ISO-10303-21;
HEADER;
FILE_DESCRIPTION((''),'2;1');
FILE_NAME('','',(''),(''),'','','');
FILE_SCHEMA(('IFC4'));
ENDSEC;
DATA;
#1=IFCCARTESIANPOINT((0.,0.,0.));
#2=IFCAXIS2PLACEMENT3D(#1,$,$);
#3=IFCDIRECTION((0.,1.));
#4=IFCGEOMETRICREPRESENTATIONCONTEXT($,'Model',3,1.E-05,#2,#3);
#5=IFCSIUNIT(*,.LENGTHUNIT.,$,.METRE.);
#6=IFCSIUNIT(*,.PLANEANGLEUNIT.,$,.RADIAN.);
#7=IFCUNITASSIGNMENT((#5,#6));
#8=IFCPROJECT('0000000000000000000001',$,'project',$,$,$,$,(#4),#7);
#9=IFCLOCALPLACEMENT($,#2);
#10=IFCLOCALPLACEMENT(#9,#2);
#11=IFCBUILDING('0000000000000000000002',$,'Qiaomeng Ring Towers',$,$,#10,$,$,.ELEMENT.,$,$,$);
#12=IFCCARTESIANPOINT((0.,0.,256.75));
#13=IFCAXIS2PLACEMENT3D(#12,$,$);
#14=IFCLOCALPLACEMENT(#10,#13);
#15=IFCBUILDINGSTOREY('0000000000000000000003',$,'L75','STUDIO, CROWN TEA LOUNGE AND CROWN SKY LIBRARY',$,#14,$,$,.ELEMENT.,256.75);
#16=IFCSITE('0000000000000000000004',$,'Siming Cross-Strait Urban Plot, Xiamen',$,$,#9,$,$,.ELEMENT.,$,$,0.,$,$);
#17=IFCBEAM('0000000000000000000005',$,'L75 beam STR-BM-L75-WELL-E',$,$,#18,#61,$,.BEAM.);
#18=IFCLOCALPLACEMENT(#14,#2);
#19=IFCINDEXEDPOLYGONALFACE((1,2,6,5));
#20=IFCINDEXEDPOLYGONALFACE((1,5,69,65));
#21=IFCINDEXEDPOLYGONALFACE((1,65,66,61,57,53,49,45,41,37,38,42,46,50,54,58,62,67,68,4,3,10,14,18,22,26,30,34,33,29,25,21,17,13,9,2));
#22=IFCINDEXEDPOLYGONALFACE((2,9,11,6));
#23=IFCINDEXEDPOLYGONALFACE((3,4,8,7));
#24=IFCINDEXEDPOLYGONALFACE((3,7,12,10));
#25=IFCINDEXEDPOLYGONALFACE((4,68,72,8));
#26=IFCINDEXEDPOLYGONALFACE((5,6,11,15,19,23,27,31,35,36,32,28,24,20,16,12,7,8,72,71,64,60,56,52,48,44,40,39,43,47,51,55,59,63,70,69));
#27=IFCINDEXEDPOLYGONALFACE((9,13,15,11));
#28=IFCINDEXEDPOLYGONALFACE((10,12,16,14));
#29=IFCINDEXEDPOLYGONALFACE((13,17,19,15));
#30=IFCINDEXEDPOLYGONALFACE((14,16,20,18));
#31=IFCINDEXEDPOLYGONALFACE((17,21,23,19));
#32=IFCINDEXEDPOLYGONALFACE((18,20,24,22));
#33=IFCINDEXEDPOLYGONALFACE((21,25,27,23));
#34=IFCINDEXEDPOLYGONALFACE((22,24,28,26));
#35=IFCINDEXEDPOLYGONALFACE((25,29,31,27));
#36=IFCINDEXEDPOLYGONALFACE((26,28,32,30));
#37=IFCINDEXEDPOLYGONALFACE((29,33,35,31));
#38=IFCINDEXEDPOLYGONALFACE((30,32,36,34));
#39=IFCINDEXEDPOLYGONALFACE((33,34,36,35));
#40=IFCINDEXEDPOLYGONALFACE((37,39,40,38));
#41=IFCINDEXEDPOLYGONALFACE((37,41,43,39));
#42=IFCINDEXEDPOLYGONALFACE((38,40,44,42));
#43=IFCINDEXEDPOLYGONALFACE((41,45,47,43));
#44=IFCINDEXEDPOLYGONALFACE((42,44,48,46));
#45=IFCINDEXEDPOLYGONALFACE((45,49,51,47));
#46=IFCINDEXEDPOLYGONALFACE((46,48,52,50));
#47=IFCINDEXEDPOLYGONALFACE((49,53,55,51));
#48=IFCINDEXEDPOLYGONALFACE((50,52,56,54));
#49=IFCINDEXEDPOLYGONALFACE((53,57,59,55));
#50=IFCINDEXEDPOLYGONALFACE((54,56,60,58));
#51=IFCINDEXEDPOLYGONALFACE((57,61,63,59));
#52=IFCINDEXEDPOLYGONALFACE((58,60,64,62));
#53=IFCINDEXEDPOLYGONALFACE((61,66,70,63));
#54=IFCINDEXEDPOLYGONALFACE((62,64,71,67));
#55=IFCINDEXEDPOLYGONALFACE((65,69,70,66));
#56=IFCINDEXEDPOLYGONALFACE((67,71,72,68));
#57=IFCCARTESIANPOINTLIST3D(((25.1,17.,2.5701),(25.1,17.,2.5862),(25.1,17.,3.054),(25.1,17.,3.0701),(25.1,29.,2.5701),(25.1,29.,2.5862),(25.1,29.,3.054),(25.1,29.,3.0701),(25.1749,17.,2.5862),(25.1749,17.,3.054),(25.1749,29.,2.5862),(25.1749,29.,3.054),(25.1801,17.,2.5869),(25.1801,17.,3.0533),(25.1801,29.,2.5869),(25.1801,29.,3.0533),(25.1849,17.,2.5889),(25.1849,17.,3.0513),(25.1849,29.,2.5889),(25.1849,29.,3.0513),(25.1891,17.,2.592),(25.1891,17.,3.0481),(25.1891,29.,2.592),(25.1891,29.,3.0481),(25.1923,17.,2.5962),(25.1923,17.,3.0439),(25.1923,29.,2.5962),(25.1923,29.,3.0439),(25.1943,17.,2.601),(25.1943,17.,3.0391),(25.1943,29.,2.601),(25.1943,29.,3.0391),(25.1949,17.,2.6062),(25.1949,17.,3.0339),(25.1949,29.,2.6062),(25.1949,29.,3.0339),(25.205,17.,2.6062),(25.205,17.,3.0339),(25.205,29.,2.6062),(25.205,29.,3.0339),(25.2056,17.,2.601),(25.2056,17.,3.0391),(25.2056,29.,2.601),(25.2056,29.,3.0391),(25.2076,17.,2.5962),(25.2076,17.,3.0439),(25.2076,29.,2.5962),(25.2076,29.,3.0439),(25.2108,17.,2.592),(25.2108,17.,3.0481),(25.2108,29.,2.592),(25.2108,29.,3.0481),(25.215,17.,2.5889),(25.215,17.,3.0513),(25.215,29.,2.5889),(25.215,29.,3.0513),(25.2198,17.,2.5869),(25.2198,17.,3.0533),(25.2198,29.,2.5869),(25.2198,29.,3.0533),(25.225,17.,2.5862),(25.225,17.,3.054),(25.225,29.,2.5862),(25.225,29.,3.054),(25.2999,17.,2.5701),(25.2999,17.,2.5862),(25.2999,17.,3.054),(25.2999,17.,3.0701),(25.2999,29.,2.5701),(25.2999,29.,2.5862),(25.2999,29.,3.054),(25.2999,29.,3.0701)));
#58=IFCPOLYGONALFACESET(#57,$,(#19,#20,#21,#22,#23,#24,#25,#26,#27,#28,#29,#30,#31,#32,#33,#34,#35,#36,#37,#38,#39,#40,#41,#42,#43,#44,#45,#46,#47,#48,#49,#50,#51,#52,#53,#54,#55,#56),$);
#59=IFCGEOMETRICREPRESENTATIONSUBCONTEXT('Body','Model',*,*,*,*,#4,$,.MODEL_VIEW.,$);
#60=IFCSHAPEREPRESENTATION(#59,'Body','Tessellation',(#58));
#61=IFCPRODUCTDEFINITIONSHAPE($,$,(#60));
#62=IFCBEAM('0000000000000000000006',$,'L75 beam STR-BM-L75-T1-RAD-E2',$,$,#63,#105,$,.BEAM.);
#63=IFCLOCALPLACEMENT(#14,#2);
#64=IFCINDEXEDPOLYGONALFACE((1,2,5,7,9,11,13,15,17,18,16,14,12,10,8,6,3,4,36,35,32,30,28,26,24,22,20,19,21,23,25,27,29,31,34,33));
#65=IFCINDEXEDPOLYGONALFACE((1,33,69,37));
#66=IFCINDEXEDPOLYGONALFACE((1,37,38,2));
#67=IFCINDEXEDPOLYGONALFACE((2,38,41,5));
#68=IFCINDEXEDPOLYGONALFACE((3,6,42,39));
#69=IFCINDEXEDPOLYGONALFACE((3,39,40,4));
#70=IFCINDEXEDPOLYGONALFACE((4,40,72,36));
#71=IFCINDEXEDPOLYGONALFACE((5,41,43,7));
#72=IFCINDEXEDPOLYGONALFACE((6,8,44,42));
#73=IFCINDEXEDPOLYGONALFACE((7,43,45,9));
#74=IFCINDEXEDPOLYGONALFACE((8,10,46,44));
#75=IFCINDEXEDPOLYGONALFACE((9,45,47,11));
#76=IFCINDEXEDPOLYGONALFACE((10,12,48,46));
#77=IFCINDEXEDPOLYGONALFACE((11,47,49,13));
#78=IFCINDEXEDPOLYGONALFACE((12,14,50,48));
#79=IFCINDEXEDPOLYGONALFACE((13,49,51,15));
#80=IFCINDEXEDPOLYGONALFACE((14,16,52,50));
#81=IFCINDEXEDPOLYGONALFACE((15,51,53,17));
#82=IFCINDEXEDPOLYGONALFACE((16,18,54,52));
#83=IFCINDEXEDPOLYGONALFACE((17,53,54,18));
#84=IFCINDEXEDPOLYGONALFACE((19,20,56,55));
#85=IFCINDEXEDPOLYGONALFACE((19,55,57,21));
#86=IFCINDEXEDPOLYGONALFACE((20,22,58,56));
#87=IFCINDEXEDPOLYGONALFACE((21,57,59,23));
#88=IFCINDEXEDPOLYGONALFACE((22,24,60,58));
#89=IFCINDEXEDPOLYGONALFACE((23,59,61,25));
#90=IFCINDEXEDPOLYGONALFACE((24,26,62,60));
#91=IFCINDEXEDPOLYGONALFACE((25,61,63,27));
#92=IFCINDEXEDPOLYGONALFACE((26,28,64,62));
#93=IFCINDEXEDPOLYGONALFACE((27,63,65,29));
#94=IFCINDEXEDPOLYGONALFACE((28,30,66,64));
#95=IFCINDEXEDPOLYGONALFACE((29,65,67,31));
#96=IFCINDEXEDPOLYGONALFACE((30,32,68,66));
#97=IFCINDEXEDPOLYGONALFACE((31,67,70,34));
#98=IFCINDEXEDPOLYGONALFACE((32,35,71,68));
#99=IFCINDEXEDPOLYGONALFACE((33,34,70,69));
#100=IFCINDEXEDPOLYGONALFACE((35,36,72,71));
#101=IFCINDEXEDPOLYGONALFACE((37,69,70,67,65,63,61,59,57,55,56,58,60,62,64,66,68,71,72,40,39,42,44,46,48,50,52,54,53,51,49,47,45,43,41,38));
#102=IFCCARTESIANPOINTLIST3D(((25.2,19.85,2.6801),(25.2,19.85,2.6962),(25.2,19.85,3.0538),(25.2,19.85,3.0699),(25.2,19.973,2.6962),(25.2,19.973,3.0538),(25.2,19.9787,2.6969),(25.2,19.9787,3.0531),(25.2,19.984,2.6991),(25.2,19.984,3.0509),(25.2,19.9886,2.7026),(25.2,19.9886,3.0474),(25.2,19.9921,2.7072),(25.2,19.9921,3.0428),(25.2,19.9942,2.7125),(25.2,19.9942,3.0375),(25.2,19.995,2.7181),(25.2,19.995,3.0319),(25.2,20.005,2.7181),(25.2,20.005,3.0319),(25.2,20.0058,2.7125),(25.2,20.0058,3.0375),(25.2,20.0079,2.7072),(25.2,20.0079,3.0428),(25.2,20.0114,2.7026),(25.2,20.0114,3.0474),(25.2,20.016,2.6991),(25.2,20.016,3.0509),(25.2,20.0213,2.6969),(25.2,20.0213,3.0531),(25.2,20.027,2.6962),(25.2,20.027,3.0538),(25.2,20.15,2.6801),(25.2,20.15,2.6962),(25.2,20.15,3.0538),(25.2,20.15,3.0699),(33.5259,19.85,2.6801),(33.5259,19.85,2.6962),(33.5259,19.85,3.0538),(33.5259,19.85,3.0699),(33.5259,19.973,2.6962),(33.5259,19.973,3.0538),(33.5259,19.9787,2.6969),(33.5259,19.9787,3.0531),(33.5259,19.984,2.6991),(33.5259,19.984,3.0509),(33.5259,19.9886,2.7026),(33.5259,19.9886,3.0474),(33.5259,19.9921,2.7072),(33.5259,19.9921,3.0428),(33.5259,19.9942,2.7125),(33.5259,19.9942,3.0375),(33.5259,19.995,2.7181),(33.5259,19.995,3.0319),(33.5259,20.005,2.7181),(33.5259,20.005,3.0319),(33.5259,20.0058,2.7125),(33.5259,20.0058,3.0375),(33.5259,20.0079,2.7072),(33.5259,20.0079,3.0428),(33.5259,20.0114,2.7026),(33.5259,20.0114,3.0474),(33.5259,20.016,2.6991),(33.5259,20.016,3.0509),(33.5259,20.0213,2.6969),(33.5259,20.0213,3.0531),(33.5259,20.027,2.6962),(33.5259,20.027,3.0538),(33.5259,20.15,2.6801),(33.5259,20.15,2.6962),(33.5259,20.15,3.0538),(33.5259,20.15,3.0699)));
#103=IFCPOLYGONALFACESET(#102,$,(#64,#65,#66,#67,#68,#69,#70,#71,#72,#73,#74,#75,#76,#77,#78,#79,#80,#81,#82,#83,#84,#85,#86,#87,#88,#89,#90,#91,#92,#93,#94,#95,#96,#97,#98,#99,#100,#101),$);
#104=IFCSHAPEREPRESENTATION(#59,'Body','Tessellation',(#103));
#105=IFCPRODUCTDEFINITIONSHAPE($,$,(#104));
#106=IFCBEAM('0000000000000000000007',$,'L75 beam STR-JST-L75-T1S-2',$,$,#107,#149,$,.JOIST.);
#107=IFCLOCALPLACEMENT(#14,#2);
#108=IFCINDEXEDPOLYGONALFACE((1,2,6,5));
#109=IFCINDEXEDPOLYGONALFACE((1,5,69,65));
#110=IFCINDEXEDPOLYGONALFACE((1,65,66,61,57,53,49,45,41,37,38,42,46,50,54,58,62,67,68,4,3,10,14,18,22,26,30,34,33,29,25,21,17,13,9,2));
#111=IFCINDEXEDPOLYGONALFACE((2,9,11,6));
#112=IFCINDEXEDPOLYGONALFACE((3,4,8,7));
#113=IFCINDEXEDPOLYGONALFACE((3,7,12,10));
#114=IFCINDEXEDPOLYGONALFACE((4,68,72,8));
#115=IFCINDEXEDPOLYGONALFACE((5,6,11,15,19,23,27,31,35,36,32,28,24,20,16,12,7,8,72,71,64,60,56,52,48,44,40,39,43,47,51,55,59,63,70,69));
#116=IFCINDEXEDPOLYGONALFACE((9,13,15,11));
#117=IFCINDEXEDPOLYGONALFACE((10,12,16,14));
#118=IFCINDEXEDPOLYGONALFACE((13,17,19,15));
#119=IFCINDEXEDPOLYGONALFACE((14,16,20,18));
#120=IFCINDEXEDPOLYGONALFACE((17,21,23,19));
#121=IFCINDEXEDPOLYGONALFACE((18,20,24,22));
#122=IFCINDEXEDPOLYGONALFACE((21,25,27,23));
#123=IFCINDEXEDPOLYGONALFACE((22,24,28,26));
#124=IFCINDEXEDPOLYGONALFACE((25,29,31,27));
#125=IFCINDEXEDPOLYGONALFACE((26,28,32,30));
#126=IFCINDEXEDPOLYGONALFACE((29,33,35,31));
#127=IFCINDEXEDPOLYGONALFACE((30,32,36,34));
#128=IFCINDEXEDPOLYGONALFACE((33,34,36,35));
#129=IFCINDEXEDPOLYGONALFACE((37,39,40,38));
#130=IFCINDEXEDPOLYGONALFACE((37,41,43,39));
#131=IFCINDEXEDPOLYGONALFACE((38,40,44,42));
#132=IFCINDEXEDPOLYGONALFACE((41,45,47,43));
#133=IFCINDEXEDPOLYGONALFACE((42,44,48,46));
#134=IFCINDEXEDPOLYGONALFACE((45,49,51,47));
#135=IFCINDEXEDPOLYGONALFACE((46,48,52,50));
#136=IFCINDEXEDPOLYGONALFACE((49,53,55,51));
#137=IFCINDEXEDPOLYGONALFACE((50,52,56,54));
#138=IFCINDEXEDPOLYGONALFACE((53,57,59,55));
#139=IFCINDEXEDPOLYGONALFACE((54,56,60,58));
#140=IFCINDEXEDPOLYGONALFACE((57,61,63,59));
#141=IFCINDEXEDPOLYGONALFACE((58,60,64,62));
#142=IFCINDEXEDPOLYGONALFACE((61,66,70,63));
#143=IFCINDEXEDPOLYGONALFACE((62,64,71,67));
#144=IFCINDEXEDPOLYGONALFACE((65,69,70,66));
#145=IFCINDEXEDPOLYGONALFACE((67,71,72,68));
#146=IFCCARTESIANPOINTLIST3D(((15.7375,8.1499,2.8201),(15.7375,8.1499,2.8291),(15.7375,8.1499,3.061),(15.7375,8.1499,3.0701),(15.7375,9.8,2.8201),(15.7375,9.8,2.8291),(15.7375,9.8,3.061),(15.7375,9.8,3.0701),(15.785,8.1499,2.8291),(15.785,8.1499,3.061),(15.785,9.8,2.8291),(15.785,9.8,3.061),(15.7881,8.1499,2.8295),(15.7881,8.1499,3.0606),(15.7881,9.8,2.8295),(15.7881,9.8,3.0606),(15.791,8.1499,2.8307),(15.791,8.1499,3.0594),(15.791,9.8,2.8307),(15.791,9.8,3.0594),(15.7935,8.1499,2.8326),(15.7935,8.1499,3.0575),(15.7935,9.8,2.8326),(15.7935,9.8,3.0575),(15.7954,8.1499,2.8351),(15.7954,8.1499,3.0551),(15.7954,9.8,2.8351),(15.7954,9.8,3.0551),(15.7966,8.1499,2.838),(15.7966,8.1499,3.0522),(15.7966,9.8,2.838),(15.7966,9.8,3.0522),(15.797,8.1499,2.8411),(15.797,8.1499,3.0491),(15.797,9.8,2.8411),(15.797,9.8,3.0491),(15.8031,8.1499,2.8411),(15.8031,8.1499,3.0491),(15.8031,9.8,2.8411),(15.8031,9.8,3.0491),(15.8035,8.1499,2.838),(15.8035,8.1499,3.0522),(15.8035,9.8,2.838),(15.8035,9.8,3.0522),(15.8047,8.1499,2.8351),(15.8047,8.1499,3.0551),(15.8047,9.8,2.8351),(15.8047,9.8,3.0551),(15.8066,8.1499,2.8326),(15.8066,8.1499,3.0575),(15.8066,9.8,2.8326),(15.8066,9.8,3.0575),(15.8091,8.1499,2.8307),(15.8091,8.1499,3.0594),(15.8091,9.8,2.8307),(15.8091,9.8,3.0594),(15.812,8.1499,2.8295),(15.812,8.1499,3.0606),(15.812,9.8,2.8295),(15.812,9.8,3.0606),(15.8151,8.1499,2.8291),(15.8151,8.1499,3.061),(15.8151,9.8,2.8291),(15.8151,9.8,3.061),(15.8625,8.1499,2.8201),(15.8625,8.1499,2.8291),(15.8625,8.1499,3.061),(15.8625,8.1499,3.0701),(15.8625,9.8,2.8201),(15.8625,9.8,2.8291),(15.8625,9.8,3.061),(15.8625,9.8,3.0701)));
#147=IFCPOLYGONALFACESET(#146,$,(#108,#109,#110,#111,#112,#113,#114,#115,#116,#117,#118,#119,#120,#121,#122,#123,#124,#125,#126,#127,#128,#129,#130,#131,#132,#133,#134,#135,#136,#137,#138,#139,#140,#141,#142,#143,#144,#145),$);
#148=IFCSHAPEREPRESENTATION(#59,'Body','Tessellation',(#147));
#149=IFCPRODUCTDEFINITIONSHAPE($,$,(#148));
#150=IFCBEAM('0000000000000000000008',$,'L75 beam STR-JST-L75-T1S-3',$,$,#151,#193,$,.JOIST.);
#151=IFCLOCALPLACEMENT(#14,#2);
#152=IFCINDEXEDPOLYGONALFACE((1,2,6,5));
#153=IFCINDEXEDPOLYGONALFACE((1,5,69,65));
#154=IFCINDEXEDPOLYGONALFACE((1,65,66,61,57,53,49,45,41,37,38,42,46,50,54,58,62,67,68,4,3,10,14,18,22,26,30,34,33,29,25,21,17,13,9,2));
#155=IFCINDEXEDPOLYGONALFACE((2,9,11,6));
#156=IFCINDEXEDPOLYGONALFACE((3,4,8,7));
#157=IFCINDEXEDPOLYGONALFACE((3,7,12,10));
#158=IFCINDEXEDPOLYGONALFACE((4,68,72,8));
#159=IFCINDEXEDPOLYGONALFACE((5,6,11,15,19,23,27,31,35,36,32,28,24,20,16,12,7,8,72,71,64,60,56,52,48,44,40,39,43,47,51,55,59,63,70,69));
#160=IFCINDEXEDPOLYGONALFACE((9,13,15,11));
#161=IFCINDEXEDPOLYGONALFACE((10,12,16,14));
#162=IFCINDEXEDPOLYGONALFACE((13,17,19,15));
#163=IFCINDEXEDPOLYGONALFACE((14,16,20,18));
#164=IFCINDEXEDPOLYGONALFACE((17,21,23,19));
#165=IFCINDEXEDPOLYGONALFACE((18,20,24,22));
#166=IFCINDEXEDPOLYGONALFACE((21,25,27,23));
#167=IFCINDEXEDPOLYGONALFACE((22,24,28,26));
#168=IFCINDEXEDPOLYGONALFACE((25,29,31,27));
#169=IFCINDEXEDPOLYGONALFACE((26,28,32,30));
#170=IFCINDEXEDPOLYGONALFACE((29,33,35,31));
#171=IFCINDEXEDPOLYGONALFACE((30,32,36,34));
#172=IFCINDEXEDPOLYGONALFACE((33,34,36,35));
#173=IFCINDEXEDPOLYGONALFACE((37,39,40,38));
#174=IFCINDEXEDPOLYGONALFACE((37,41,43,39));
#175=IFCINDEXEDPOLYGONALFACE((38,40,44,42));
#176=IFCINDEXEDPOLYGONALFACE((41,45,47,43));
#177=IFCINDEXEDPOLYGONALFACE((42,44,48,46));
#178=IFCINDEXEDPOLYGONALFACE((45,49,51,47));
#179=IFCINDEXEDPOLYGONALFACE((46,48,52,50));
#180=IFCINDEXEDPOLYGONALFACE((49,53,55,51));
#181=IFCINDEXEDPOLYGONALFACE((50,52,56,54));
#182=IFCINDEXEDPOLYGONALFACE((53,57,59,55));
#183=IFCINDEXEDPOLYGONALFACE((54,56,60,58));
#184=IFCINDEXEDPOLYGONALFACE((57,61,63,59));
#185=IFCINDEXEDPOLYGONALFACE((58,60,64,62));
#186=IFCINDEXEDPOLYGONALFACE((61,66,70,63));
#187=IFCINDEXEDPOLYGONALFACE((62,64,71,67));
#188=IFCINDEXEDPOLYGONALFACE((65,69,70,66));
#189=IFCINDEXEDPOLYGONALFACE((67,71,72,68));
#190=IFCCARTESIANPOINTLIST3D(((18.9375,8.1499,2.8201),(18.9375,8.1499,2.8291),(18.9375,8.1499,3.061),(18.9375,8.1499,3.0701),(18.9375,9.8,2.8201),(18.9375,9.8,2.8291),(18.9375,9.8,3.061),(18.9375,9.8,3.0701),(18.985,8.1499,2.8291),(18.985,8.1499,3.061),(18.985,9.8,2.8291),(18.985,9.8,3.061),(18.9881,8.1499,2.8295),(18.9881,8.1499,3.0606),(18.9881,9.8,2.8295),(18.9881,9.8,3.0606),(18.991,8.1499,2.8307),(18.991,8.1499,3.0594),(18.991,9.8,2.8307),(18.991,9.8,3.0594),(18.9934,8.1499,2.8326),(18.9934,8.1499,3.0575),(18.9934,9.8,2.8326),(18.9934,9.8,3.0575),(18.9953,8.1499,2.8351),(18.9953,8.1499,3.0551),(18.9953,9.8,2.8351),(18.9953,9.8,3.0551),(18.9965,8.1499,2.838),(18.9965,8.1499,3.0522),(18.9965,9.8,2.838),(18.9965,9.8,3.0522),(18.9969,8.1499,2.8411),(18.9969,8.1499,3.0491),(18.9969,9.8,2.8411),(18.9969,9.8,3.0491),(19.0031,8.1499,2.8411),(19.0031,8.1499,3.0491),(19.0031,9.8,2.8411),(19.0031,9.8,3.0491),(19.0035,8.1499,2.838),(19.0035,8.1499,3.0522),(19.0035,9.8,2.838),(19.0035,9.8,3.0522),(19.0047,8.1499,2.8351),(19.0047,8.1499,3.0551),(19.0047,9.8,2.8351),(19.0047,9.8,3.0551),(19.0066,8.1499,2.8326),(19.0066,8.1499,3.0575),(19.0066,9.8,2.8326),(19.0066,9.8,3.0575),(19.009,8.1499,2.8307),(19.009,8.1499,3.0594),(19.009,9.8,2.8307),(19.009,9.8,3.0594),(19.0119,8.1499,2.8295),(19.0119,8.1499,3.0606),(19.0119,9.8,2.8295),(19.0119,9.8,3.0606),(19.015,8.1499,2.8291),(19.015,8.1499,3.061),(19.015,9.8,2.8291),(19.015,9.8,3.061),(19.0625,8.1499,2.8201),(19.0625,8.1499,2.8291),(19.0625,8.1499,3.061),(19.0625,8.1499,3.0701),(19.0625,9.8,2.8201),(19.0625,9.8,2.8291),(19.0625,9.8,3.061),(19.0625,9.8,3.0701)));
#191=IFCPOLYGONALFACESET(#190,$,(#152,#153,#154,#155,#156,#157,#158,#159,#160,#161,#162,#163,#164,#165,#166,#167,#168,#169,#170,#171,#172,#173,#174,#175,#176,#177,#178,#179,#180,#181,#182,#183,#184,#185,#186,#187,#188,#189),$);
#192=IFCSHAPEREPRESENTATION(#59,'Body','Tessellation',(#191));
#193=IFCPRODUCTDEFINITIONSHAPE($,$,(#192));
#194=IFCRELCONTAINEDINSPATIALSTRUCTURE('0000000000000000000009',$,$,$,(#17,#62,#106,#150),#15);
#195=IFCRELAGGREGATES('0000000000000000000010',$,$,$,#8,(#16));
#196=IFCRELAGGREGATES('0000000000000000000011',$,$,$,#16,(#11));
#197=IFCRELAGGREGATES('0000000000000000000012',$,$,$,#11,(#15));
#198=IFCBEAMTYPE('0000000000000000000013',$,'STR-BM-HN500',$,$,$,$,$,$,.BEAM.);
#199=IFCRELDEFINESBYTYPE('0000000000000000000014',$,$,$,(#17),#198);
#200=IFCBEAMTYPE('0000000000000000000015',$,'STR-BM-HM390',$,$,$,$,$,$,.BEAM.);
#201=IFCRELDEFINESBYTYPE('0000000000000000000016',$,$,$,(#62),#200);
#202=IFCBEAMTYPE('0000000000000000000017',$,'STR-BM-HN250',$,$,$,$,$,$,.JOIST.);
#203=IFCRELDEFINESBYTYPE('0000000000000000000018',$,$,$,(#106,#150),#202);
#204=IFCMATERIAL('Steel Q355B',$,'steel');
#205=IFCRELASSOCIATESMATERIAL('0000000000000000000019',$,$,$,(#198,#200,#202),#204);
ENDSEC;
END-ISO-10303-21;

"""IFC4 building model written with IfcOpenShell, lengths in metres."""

from ifc_helpers import new_model, si_unit, direction, frame, origin, origin_2d, place, context, subcontext, project, spatial, i_section, extrude, source, transform, mapped, material, material_profile, profile_set, type_object, element, save


model = new_model("IFC4")

# Units and contexts
model_context = context("Model", 3, precision=1e-05, world=origin(), true_north=direction((0.0, 1.0)))
body_context = subcontext(model_context, "Body", "Model", "MODEL_VIEW")
ifc_project = project(units=[si_unit("LENGTHUNIT", "METRE"), si_unit("PLANEANGLEUNIT", "RADIAN")], contexts=[model_context])

# Site, building, storey
site_placement = place(None, origin())
site = spatial("IfcSite", under=ifc_project, at=site_placement, Name="Siming Cross-Strait Urban Plot, Xiamen", CompositionType="ELEMENT", RefElevation=0.0)
building_placement = place(site_placement, origin())
building = spatial("IfcBuilding", under=site, at=building_placement, Name="Qiaomeng Ring Towers", CompositionType="ELEMENT")
storey_placement = place(building_placement, frame((0.0, 0.0, 256.75)))
storey = spatial("IfcBuildingStorey", under=building, at=storey_placement, Name="L75", Description="STUDIO, CROWN TEA LOUNGE AND CROWN SKY LIBRARY", CompositionType="ELEMENT", Elevation=256.75)

# Beams
ifc_material_1 = material(Name="Steel Q355B", Category="steel")
ifc_material_profile_1 = material_profile(ifc_material_1, i_section(OverallWidth=0.2, OverallDepth=0.5, WebThickness=0.01, FlangeThickness=0.0161, FilletRadius=0.02, at=origin_2d()), Name="HN 500x200x10x16")
ifc_profile_set_1 = profile_set([ifc_material_profile_1], Name="Steel Q355B")
beam_type_1 = type_object("IfcBeamType", Name="STR-BM-HN500", PredefinedType="BEAM", material=ifc_profile_set_1)
shared_shape_1 = source(origin(), body_context, "Body", "SweptSolid", [
    extrude(i_section(OverallWidth=0.2, OverallDepth=0.5, WebThickness=0.01, FlangeThickness=0.0161, FilletRadius=0.02, at=origin_2d()), origin(), (0.0, 0.0, 1.0), 12.0),
])
beam_1_placement = place(storey_placement, frame((25.2, 17.0, 2.8201), z_axis=(0.0, 1.0, 0.0), x_axis=(-1.0, 0.0, 0.0)))
element("IfcBeam", 1, at=beam_1_placement, inside=storey, type_object=beam_type_1, Name="L75 beam STR-BM-L75-WELL-E", PredefinedType="BEAM", context=body_context, shape_type="MappedRepresentation", body=[
    mapped(shared_shape_1, transform((0.0, 0.0, 0.0), x_axis=(1.0, 0.0, 0.0), y_axis=(0.0, 1.0, 0.0), z_axis=(0.0, 0.0, 1.0), scale=1.0)),
])
ifc_material_profile_2 = material_profile(ifc_material_1, i_section(OverallWidth=0.3, OverallDepth=0.3899, WebThickness=0.01, FlangeThickness=0.0161, FilletRadius=0.022, at=origin_2d()), Name="HM 390x300x10x16")
ifc_profile_set_2 = profile_set([ifc_material_profile_2], Name="Steel Q355B")
beam_type_2 = type_object("IfcBeamType", Name="STR-BM-HM390", PredefinedType="BEAM", material=ifc_profile_set_2)
shared_shape_2 = source(origin(), body_context, "Body", "SweptSolid", [
    extrude(i_section(OverallWidth=0.3, OverallDepth=0.3899, WebThickness=0.01, FlangeThickness=0.0161, FilletRadius=0.022, at=origin_2d()), origin(), (0.0, 0.0, 1.0), 8.3259),
])
beam_2_placement = place(storey_placement, frame((25.2, 20.0, 2.875), z_axis=(1.0, 0.0, 0.0), x_axis=(0.0, 1.0, 0.0)))
element("IfcBeam", 2, at=beam_2_placement, inside=storey, type_object=beam_type_2, Name="L75 beam STR-BM-L75-T1-RAD-E2", PredefinedType="BEAM", context=body_context, shape_type="MappedRepresentation", body=[
    mapped(shared_shape_2, transform((0.0, 0.0, 0.0), x_axis=(1.0, 0.0, 0.0), y_axis=(0.0, 1.0, 0.0), z_axis=(0.0, 0.0, 1.0), scale=1.0)),
])
ifc_material_profile_3 = material_profile(ifc_material_1, i_section(OverallWidth=0.125, OverallDepth=0.25, WebThickness=0.0061, FlangeThickness=0.009, FilletRadius=0.012, at=origin_2d()), Name="HN 250x125x6x9")
ifc_profile_set_3 = profile_set([ifc_material_profile_3], Name="Steel Q355B")
beam_type_3 = type_object("IfcBeamType", Name="STR-BM-HN250", PredefinedType="JOIST", material=ifc_profile_set_3)
shared_shape_3 = source(origin(), body_context, "Body", "SweptSolid", [
    extrude(i_section(OverallWidth=0.125, OverallDepth=0.25, WebThickness=0.0061, FlangeThickness=0.009, FilletRadius=0.012, at=origin_2d()), origin(), (0.0, 0.0, 1.0), 1.6501),
])
for number, where, z_axis, x_axis, name in (
    (3, (15.8, 8.1499, 2.9451), (0.0, 1.0, 0.0), (-1.0, 0.0, 0.0), "L75 beam STR-JST-L75-T1S-2"),
    (4, (19.0, 8.1499, 2.9451), (0.0, 1.0, 0.0), (-1.0, 0.0, 0.0), "L75 beam STR-JST-L75-T1S-3"),
):
    element("IfcBeam", number, at=place(storey_placement, frame(where, z_axis=z_axis, x_axis=x_axis)), inside=storey, type_object=beam_type_3, Name=name, PredefinedType="JOIST", context=body_context, shape_type="MappedRepresentation", body=[
        mapped(shared_shape_3, transform((0.0, 0.0, 0.0), x_axis=(1.0, 0.0, 0.0), y_axis=(0.0, 1.0, 0.0), z_axis=(0.0, 0.0, 1.0), scale=1.0)),
    ])

save(model, "model.ifc")
